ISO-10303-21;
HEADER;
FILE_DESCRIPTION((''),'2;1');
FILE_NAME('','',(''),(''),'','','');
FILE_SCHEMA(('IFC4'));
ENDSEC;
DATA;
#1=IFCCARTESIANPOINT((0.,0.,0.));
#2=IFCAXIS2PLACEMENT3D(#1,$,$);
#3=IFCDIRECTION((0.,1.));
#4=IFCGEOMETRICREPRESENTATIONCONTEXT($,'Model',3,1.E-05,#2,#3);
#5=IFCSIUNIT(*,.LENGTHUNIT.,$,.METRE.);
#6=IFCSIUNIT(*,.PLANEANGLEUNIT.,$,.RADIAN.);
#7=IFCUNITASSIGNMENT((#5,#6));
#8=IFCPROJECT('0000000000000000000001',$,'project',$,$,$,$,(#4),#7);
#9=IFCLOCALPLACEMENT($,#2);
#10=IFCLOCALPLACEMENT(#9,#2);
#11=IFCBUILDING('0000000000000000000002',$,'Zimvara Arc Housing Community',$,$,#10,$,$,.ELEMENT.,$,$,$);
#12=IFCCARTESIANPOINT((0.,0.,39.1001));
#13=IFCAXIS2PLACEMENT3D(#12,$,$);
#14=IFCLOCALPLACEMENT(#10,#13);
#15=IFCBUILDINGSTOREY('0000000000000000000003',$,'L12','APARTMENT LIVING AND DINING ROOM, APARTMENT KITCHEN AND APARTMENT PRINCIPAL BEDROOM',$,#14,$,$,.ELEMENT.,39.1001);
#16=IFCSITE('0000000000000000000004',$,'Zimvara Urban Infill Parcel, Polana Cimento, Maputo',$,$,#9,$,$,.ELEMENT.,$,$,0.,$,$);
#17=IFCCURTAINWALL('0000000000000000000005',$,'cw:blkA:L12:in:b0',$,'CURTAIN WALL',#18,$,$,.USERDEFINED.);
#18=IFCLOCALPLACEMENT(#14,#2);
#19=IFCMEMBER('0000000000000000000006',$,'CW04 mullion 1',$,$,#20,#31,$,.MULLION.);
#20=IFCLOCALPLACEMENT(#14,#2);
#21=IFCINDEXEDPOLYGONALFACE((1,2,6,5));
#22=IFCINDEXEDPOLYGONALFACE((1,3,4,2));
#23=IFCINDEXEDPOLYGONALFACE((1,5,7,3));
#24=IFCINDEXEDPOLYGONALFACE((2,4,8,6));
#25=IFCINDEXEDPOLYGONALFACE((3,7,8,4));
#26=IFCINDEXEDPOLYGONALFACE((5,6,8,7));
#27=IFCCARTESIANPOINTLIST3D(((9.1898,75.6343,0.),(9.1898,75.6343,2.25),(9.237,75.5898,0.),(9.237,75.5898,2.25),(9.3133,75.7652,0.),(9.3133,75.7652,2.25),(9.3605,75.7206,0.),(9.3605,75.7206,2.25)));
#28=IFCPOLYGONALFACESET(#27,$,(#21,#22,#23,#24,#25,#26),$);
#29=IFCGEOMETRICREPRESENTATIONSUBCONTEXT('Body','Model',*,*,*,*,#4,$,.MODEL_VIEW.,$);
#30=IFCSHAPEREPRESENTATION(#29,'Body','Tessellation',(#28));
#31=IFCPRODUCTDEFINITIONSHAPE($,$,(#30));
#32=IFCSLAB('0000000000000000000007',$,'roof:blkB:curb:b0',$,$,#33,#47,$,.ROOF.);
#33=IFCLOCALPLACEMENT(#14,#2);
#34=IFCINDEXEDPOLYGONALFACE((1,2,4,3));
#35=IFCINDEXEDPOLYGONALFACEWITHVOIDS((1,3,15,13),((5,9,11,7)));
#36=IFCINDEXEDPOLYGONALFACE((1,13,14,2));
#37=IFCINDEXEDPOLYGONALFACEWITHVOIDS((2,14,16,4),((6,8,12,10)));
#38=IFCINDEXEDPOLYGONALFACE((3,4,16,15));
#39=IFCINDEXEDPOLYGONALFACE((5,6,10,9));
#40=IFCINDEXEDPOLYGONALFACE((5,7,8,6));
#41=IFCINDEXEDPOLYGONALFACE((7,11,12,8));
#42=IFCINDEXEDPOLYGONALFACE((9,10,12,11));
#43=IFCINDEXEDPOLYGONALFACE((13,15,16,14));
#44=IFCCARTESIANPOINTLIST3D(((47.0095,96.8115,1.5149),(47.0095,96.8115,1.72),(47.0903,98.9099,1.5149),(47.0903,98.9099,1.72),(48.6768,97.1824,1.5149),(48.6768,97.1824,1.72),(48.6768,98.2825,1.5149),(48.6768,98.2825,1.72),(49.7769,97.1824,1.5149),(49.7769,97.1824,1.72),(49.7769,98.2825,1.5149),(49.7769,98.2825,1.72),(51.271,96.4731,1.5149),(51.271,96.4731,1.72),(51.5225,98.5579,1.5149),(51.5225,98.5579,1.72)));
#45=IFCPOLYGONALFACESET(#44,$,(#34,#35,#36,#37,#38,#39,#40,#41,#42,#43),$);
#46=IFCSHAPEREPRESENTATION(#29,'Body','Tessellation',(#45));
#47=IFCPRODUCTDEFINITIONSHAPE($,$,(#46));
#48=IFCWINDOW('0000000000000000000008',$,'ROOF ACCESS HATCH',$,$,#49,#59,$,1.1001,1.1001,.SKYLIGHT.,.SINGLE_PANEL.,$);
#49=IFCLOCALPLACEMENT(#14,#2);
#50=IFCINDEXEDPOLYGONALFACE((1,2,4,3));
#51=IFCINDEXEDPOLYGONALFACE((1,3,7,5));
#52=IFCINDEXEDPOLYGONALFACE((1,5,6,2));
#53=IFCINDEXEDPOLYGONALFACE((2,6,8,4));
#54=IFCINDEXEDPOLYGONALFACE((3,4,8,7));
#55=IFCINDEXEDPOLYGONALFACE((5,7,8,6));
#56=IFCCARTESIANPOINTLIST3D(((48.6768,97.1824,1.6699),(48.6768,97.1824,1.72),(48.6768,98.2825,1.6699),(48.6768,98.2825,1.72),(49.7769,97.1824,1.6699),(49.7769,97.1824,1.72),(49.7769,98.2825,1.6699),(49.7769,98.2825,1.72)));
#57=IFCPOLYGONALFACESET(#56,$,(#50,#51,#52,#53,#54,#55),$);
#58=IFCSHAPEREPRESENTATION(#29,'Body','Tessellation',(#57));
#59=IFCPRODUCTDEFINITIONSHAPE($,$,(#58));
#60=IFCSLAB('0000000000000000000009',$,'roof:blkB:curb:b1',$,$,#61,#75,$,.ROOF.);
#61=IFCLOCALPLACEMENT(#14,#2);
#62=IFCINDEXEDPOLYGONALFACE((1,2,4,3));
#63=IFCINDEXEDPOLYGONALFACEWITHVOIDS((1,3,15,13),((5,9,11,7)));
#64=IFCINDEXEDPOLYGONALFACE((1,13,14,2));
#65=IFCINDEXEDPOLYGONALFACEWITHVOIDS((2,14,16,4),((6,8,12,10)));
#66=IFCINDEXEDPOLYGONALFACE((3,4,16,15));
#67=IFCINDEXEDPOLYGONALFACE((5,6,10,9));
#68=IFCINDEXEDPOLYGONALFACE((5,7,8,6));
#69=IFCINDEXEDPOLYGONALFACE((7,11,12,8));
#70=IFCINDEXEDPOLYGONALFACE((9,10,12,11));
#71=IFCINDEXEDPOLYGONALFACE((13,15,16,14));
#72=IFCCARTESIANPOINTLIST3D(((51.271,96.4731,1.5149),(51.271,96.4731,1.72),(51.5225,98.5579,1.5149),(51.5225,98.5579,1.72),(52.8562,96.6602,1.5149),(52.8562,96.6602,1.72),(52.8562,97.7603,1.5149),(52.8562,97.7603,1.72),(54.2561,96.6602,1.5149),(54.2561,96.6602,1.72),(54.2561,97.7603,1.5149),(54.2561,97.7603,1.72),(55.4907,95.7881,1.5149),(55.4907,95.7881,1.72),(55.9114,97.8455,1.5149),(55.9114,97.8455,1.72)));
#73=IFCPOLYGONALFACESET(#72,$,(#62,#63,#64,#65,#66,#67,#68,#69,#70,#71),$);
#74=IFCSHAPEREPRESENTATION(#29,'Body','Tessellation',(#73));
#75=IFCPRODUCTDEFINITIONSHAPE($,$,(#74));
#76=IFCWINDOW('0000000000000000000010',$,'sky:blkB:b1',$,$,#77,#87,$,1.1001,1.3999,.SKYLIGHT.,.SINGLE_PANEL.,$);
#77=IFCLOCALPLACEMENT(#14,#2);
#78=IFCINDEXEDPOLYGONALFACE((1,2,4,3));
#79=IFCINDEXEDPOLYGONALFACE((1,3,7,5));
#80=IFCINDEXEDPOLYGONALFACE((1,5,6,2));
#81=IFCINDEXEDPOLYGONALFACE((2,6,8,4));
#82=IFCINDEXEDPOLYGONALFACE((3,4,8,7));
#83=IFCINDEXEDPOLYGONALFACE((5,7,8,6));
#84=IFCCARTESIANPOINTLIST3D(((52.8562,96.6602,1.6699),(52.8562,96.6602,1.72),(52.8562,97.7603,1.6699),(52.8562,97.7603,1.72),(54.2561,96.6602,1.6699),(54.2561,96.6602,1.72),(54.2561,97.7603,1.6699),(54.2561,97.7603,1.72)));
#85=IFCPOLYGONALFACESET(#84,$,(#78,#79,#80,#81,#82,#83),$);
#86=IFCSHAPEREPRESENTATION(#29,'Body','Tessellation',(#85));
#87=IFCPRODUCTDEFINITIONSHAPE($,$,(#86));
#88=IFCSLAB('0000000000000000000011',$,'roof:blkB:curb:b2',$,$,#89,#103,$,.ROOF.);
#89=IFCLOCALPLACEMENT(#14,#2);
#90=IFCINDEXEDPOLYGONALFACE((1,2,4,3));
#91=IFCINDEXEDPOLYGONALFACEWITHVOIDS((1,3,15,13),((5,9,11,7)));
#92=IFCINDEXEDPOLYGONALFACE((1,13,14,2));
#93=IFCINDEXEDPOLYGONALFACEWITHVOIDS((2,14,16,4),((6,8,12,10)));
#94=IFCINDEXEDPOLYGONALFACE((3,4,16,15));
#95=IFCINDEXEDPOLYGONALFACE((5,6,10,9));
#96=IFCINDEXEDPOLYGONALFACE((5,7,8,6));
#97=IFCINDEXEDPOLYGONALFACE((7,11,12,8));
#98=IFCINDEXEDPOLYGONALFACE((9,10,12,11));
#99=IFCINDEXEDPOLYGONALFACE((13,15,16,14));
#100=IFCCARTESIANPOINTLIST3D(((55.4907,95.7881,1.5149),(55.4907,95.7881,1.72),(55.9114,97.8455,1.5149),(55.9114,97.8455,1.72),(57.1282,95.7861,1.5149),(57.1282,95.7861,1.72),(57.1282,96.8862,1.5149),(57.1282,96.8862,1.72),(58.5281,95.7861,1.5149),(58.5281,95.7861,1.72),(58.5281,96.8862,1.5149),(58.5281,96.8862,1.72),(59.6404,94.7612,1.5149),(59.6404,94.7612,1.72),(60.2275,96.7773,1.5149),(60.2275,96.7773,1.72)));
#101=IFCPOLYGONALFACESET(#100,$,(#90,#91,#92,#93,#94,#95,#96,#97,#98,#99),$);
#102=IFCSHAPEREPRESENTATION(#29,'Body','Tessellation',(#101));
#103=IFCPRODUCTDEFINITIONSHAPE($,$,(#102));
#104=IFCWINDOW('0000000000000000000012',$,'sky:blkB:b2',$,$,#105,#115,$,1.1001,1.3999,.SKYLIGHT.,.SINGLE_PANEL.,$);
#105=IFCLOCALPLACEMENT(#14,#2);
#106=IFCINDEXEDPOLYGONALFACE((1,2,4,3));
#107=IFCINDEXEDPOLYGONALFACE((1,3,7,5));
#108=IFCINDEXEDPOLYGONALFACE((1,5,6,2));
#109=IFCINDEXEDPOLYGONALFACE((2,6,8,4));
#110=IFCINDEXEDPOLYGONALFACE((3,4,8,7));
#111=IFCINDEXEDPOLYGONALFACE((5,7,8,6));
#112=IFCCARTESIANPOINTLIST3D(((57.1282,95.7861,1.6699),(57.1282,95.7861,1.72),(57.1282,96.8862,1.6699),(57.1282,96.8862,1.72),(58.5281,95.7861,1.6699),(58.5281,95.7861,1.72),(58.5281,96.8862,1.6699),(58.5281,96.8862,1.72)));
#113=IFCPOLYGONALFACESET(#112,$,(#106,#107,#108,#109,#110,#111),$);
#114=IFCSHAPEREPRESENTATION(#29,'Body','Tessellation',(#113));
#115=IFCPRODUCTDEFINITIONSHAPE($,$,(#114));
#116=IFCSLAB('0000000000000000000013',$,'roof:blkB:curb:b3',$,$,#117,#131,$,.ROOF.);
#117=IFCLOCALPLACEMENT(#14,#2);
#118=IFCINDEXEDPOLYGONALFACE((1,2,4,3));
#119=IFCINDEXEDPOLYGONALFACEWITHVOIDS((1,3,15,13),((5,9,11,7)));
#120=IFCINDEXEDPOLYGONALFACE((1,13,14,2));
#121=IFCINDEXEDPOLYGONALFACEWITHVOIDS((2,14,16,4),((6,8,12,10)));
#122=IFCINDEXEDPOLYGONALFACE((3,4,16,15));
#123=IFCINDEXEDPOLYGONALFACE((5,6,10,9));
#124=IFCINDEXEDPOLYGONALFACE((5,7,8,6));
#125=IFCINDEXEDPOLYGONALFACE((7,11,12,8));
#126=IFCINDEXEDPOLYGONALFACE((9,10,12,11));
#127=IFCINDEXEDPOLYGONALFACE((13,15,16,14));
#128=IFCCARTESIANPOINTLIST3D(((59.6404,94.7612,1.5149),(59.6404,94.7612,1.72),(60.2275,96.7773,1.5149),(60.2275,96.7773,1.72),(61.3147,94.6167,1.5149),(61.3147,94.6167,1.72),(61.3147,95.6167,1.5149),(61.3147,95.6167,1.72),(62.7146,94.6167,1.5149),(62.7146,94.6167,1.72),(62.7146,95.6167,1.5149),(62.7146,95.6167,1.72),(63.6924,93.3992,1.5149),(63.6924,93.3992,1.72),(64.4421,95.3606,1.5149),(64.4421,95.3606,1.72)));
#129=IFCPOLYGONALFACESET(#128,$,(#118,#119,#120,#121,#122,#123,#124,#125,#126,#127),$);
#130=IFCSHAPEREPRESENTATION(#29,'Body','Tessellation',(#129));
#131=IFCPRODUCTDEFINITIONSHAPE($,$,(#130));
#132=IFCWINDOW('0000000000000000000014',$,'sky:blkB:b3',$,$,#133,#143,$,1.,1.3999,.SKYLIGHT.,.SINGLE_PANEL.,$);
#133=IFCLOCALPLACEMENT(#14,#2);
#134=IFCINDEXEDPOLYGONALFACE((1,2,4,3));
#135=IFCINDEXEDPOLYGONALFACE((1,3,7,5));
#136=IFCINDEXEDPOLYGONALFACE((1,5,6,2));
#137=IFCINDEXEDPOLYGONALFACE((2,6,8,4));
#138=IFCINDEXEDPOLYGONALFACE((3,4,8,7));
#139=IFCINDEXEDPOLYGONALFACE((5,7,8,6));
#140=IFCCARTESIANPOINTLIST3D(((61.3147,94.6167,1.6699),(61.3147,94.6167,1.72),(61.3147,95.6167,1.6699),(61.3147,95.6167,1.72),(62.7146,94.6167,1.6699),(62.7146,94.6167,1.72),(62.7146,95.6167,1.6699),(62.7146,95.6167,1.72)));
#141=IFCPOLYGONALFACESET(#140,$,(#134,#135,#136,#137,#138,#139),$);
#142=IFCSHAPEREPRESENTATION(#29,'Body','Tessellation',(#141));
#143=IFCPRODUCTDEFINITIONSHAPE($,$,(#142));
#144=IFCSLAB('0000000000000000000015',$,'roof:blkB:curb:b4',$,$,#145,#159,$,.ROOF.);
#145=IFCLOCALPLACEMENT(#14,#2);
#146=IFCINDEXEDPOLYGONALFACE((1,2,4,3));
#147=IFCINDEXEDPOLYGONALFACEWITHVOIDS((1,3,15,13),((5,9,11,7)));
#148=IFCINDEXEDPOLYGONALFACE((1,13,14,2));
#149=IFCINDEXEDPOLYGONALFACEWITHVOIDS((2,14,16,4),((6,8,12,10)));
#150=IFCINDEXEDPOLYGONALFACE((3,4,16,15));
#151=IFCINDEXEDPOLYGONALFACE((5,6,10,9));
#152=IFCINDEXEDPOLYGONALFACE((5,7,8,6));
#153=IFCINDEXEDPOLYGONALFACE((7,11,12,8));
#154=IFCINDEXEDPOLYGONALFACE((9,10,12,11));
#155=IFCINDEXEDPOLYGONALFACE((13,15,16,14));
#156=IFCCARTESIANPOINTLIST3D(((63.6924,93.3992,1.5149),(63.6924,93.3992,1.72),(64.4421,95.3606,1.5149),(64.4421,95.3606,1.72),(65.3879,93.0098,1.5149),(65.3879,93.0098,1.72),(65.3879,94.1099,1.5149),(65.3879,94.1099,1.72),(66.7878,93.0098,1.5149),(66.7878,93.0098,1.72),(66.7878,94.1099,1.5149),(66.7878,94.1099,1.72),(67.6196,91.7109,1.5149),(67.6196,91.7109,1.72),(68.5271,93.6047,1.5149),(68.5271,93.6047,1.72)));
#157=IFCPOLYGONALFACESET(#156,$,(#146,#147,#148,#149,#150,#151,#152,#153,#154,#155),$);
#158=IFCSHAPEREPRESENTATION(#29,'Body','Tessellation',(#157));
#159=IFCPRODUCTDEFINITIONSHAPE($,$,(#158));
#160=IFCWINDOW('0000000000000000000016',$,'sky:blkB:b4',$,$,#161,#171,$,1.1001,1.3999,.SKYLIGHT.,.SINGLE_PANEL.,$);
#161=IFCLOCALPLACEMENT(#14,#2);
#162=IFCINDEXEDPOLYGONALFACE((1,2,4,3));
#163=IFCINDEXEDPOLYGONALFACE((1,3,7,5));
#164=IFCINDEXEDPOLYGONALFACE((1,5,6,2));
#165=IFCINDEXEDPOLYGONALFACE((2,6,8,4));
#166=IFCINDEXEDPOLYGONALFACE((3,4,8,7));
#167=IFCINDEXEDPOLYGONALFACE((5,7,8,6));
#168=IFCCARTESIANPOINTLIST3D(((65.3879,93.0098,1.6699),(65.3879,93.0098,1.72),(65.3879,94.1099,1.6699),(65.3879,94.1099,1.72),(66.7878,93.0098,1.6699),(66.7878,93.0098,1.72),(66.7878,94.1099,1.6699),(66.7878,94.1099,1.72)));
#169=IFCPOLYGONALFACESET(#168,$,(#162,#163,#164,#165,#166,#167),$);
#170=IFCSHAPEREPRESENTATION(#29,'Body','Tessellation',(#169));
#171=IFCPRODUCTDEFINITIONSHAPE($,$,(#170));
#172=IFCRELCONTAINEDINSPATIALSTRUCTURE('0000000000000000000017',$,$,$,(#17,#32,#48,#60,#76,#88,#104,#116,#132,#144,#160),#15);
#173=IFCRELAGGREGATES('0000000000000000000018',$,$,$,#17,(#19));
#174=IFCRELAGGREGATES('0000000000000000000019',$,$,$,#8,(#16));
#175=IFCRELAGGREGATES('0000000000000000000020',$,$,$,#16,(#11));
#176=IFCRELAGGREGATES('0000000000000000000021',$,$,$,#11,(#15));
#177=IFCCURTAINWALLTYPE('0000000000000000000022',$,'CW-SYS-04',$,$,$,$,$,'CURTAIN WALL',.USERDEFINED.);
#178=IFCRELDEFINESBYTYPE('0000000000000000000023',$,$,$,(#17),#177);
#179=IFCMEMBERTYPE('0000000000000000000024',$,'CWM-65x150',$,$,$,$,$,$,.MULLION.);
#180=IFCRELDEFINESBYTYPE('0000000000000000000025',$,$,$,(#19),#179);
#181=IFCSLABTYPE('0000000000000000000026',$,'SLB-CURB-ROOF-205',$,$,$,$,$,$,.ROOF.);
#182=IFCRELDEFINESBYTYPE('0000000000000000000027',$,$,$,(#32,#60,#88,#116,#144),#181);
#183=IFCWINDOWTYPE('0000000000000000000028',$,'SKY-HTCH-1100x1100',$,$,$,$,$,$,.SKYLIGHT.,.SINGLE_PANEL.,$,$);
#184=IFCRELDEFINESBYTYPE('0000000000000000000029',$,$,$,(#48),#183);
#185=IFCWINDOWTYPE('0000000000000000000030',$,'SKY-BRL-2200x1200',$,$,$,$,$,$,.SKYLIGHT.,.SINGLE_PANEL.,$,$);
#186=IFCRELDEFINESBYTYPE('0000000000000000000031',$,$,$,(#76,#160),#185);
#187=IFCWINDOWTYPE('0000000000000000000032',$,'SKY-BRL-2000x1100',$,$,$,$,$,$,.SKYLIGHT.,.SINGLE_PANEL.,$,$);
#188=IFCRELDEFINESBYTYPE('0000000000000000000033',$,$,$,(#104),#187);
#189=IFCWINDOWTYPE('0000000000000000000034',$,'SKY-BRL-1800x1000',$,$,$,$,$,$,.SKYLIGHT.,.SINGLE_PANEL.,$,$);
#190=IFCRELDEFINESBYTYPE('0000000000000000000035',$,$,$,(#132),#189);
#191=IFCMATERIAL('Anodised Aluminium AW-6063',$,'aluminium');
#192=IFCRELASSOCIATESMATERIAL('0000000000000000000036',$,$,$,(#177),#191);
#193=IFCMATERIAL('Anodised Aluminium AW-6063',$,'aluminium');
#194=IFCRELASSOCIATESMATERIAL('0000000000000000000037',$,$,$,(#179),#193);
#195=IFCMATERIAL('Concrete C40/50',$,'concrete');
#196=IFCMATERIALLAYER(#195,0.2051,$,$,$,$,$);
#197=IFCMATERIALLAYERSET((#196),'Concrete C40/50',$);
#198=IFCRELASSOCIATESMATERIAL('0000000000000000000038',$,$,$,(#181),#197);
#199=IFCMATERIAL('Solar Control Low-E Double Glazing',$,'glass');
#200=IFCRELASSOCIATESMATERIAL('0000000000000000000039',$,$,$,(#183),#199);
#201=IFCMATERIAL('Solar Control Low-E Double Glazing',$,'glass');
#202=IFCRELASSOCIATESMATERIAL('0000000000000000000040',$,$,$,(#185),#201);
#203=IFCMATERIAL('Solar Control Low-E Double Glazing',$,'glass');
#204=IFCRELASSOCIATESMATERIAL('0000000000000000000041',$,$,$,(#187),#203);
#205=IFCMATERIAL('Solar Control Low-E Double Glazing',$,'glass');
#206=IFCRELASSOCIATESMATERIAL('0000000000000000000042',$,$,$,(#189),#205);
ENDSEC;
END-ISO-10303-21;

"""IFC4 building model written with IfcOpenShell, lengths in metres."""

from ifc_helpers import new_model, si_unit, direction, frame, origin, origin_2d, place, context, subcontext, project, spatial, polyline, rectangle, outline, extrude, material, layer, layer_set, material_profile, profile_set, type_object, element, fill, aggregate, save


model = new_model("IFC4")

# Units and contexts
model_context = context("Model", 3, precision=1e-05, world=origin(), true_north=direction((0.0, 1.0)))
body_context = subcontext(model_context, "Body", "Model", "MODEL_VIEW")
ifc_project = project(units=[si_unit("LENGTHUNIT", "METRE"), si_unit("PLANEANGLEUNIT", "RADIAN")], contexts=[model_context])

# Site, building, storey
site_placement = place(None, origin())
site = spatial("IfcSite", under=ifc_project, at=site_placement, Name="Zimvara Urban Infill Parcel, Polana Cimento, Maputo", CompositionType="ELEMENT", RefElevation=0.0)
building_placement = place(site_placement, origin())
building = spatial("IfcBuilding", under=site, at=building_placement, Name="Zimvara Arc Housing Community", CompositionType="ELEMENT")
storey_placement = place(building_placement, frame((0.0, 0.0, 39.1001)))
storey = spatial("IfcBuildingStorey", under=building, at=storey_placement, Name="L12", Description="APARTMENT LIVING AND DINING ROOM, APARTMENT KITCHEN AND APARTMENT PRINCIPAL BEDROOM", CompositionType="ELEMENT", Elevation=39.1001)

# Curtain wall, member
ifc_material_1 = material(Name="Anodised Aluminium AW-6063", Category="aluminium")
curtain_wall_type = type_object("IfcCurtainWallType", Name="CW-SYS-04", ElementType="CURTAIN WALL", PredefinedType="USERDEFINED", material=ifc_material_1)
curtain_wall_placement = place(storey_placement, origin())
curtain_wall = element("IfcCurtainWall", 1, at=curtain_wall_placement, inside=storey, type_object=curtain_wall_type, Name="cw:blkA:L12:in:b0", ObjectType="CURTAIN WALL", PredefinedType="USERDEFINED")
ifc_material_2 = material(Name="Anodised Aluminium AW-6063", Category="aluminium")
ifc_material_profile = material_profile(ifc_material_2, rectangle(XDim=0.0649, YDim=0.1799, at=origin_2d()), Name="ALU 65x180")
ifc_profile_set = profile_set([ifc_material_profile], Name="Anodised Aluminium AW-6063")
member_type = type_object("IfcMemberType", Name="CWM-65x150", PredefinedType="MULLION", material=ifc_profile_set)
member_placement = place(storey_placement, frame((9.2751, 75.6775, 0.0), z_axis=(0.0, 0.0, 1.0), x_axis=(-0.727294, 0.686326, 0.0)))
member = element("IfcMember", 2, at=member_placement, type_object=member_type, Name="CW04 mullion 1", PredefinedType="MULLION", context=body_context, shape_type="SweptSolid", body=[
    extrude(rectangle(XDim=0.0649, YDim=0.1799, at=origin_2d()), origin(), (0.0, 0.0, 1.0), 2.25),
])
aggregate(curtain_wall, [member])

# Slabs, openings, windows
ifc_material_3 = material(Name="Concrete C40/50", Category="concrete")
ifc_layer_1 = layer(ifc_material_3, 0.2051)
ifc_layer_set_1 = layer_set([ifc_layer_1], Name="Concrete C40/50")
slab_type_1 = type_object("IfcSlabType", Name="SLB-CURB-ROOF-205", PredefinedType="ROOF", material=ifc_layer_set_1)
slab_1_placement = place(storey_placement, frame((0.0, 0.0, 1.5149)))
slab_1 = element("IfcSlab", 3, at=slab_1_placement, inside=storey, type_object=slab_type_1, Name="roof:blkB:curb:b0", PredefinedType="ROOF", context=body_context, shape_type="SweptSolid", body=[
    extrude(outline(polyline([(47.0095, 96.8115), (51.271, 96.4731), (51.5225, 98.5579), (47.0903, 98.9099), (47.0095, 96.8115)])), origin(), (0.0, 0.0, 1.0), 0.2051),
])
opening_1_placement = place(slab_1_placement, frame((49.2268, 97.7324, 0.0)))
opening_1 = element("IfcOpeningElement", 4, at=opening_1_placement, cuts=slab_1, PredefinedType="OPENING", context=body_context, shape_type="SweptSolid", body=[
    extrude(rectangle(XDim=1.1001, YDim=1.1001, at=origin_2d()), origin(), (0.0, 0.0, 1.0), 0.2051),
])
ifc_material_4 = material(Name="Solar Control Low-E Double Glazing", Category="glass")
window_type_1 = type_object("IfcWindowType", Name="SKY-HTCH-1100x1100", PartitioningType="SINGLE_PANEL", PredefinedType="SKYLIGHT", material=ifc_material_4)
window_1_placement = place(opening_1_placement, frame((0.0, 0.0, 0.155)))
window_1 = element("IfcWindow", 5, at=window_1_placement, inside=storey, type_object=window_type_1, Name="ROOF ACCESS HATCH", OverallHeight=1.1001, OverallWidth=1.1001, PartitioningType="SINGLE_PANEL", PredefinedType="SKYLIGHT", context=body_context, shape_type="SweptSolid", body=[
    extrude(rectangle(XDim=1.1001, YDim=1.1001, at=origin_2d()), origin(), (0.0, 0.0, 1.0), 0.05),
])
fill(opening_1, window_1)
slab_2_placement = place(storey_placement, frame((0.0, 0.0, 1.5149)))
slab_2 = element("IfcSlab", 6, at=slab_2_placement, inside=storey, type_object=slab_type_1, Name="roof:blkB:curb:b1", PredefinedType="ROOF", context=body_context, shape_type="SweptSolid", body=[
    extrude(outline(polyline([(51.271, 96.4731), (55.4907, 95.7881), (55.9114, 97.8455), (51.5225, 98.5579), (51.271, 96.4731)])), origin(), (0.0, 0.0, 1.0), 0.2051),
])
opening_2_placement = place(slab_2_placement, frame((53.5562, 97.2102, 0.0)))
opening_2 = element("IfcOpeningElement", 7, at=opening_2_placement, cuts=slab_2, PredefinedType="OPENING", context=body_context, shape_type="SweptSolid", body=[
    extrude(rectangle(XDim=1.3999, YDim=1.1001, at=origin_2d()), origin(), (0.0, 0.0, 1.0), 0.2051),
])
ifc_material_5 = material(Name="Solar Control Low-E Double Glazing", Category="glass")
window_type_2 = type_object("IfcWindowType", Name="SKY-BRL-2200x1200", PartitioningType="SINGLE_PANEL", PredefinedType="SKYLIGHT", material=ifc_material_5)
window_2_placement = place(opening_2_placement, frame((0.0, 0.0, 0.155)))
window_2 = element("IfcWindow", 8, at=window_2_placement, inside=storey, type_object=window_type_2, Name="sky:blkB:b1", OverallHeight=1.1001, OverallWidth=1.3999, PartitioningType="SINGLE_PANEL", PredefinedType="SKYLIGHT", context=body_context, shape_type="SweptSolid", body=[
    extrude(rectangle(XDim=1.3999, YDim=1.1001, at=origin_2d()), origin(), (0.0, 0.0, 1.0), 0.05),
])
fill(opening_2, window_2)
slab_3_placement = place(storey_placement, frame((0.0, 0.0, 1.5149)))
slab_3 = element("IfcSlab", 9, at=slab_3_placement, inside=storey, type_object=slab_type_1, Name="roof:blkB:curb:b2", PredefinedType="ROOF", context=body_context, shape_type="SweptSolid", body=[
    extrude(outline(polyline([(55.4907, 95.7881), (59.6404, 94.7612), (60.2275, 96.7773), (55.9114, 97.8455), (55.4907, 95.7881)])), origin(), (0.0, 0.0, 1.0), 0.2051),
])
opening_3_placement = place(slab_3_placement, frame((57.8281, 96.3362, 0.0)))
opening_3 = element("IfcOpeningElement", 10, at=opening_3_placement, cuts=slab_3, PredefinedType="OPENING", context=body_context, shape_type="SweptSolid", body=[
    extrude(rectangle(XDim=1.3999, YDim=1.1001, at=origin_2d()), origin(), (0.0, 0.0, 1.0), 0.2051),
])
ifc_material_6 = material(Name="Solar Control Low-E Double Glazing", Category="glass")
window_type_3 = type_object("IfcWindowType", Name="SKY-BRL-2000x1100", PartitioningType="SINGLE_PANEL", PredefinedType="SKYLIGHT", material=ifc_material_6)
window_3_placement = place(opening_3_placement, frame((0.0, 0.0, 0.155)))
window_3 = element("IfcWindow", 11, at=window_3_placement, inside=storey, type_object=window_type_3, Name="sky:blkB:b2", OverallHeight=1.1001, OverallWidth=1.3999, PartitioningType="SINGLE_PANEL", PredefinedType="SKYLIGHT", context=body_context, shape_type="SweptSolid", body=[
    extrude(rectangle(XDim=1.3999, YDim=1.1001, at=origin_2d()), origin(), (0.0, 0.0, 1.0), 0.05),
])
fill(opening_3, window_3)
slab_4_placement = place(storey_placement, frame((0.0, 0.0, 1.5149)))
slab_4 = element("IfcSlab", 12, at=slab_4_placement, inside=storey, type_object=slab_type_1, Name="roof:blkB:curb:b3", PredefinedType="ROOF", context=body_context, shape_type="SweptSolid", body=[
    extrude(outline(polyline([(59.6404, 94.7612), (63.6924, 93.3992), (64.4421, 95.3606), (60.2275, 96.7773), (59.6404, 94.7612)])), origin(), (0.0, 0.0, 1.0), 0.2051),
])
opening_4_placement = place(slab_4_placement, frame((62.0146, 95.1167, 0.0)))
opening_4 = element("IfcOpeningElement", 13, at=opening_4_placement, cuts=slab_4, PredefinedType="OPENING", context=body_context, shape_type="SweptSolid", body=[
    extrude(rectangle(XDim=1.3999, YDim=1.0, at=origin_2d()), origin(), (0.0, 0.0, 1.0), 0.2051),
])
ifc_material_7 = material(Name="Solar Control Low-E Double Glazing", Category="glass")
window_type_4 = type_object("IfcWindowType", Name="SKY-BRL-1800x1000", PartitioningType="SINGLE_PANEL", PredefinedType="SKYLIGHT", material=ifc_material_7)
window_4_placement = place(opening_4_placement, frame((0.0, 0.0, 0.155)))
window_4 = element("IfcWindow", 14, at=window_4_placement, inside=storey, type_object=window_type_4, Name="sky:blkB:b3", OverallHeight=1.0, OverallWidth=1.3999, PartitioningType="SINGLE_PANEL", PredefinedType="SKYLIGHT", context=body_context, shape_type="SweptSolid", body=[
    extrude(rectangle(XDim=1.3999, YDim=1.0, at=origin_2d()), origin(), (0.0, 0.0, 1.0), 0.05),
])
fill(opening_4, window_4)
slab_5_placement = place(storey_placement, frame((0.0, 0.0, 1.5149)))
slab_5 = element("IfcSlab", 15, at=slab_5_placement, inside=storey, type_object=slab_type_1, Name="roof:blkB:curb:b4", PredefinedType="ROOF", context=body_context, shape_type="SweptSolid", body=[
    extrude(outline(polyline([(63.6924, 93.3992), (67.6196, 91.7109), (68.5271, 93.6047), (64.4421, 95.3606), (63.6924, 93.3992)])), origin(), (0.0, 0.0, 1.0), 0.2051),
])
opening_5_placement = place(slab_5_placement, frame((66.0879, 93.5598, 0.0)))
opening_5 = element("IfcOpeningElement", 16, at=opening_5_placement, cuts=slab_5, PredefinedType="OPENING", context=body_context, shape_type="SweptSolid", body=[
    extrude(rectangle(XDim=1.3999, YDim=1.1001, at=origin_2d()), origin(), (0.0, 0.0, 1.0), 0.2051),
])
window_5_placement = place(opening_5_placement, frame((0.0, 0.0, 0.155)))
window_5 = element("IfcWindow", 17, at=window_5_placement, inside=storey, type_object=window_type_2, Name="sky:blkB:b4", OverallHeight=1.1001, OverallWidth=1.3999, PartitioningType="SINGLE_PANEL", PredefinedType="SKYLIGHT", context=body_context, shape_type="SweptSolid", body=[
    extrude(rectangle(XDim=1.3999, YDim=1.1001, at=origin_2d()), origin(), (0.0, 0.0, 1.0), 0.05),
])
fill(opening_5, window_5)

save(model, "model.ifc")
